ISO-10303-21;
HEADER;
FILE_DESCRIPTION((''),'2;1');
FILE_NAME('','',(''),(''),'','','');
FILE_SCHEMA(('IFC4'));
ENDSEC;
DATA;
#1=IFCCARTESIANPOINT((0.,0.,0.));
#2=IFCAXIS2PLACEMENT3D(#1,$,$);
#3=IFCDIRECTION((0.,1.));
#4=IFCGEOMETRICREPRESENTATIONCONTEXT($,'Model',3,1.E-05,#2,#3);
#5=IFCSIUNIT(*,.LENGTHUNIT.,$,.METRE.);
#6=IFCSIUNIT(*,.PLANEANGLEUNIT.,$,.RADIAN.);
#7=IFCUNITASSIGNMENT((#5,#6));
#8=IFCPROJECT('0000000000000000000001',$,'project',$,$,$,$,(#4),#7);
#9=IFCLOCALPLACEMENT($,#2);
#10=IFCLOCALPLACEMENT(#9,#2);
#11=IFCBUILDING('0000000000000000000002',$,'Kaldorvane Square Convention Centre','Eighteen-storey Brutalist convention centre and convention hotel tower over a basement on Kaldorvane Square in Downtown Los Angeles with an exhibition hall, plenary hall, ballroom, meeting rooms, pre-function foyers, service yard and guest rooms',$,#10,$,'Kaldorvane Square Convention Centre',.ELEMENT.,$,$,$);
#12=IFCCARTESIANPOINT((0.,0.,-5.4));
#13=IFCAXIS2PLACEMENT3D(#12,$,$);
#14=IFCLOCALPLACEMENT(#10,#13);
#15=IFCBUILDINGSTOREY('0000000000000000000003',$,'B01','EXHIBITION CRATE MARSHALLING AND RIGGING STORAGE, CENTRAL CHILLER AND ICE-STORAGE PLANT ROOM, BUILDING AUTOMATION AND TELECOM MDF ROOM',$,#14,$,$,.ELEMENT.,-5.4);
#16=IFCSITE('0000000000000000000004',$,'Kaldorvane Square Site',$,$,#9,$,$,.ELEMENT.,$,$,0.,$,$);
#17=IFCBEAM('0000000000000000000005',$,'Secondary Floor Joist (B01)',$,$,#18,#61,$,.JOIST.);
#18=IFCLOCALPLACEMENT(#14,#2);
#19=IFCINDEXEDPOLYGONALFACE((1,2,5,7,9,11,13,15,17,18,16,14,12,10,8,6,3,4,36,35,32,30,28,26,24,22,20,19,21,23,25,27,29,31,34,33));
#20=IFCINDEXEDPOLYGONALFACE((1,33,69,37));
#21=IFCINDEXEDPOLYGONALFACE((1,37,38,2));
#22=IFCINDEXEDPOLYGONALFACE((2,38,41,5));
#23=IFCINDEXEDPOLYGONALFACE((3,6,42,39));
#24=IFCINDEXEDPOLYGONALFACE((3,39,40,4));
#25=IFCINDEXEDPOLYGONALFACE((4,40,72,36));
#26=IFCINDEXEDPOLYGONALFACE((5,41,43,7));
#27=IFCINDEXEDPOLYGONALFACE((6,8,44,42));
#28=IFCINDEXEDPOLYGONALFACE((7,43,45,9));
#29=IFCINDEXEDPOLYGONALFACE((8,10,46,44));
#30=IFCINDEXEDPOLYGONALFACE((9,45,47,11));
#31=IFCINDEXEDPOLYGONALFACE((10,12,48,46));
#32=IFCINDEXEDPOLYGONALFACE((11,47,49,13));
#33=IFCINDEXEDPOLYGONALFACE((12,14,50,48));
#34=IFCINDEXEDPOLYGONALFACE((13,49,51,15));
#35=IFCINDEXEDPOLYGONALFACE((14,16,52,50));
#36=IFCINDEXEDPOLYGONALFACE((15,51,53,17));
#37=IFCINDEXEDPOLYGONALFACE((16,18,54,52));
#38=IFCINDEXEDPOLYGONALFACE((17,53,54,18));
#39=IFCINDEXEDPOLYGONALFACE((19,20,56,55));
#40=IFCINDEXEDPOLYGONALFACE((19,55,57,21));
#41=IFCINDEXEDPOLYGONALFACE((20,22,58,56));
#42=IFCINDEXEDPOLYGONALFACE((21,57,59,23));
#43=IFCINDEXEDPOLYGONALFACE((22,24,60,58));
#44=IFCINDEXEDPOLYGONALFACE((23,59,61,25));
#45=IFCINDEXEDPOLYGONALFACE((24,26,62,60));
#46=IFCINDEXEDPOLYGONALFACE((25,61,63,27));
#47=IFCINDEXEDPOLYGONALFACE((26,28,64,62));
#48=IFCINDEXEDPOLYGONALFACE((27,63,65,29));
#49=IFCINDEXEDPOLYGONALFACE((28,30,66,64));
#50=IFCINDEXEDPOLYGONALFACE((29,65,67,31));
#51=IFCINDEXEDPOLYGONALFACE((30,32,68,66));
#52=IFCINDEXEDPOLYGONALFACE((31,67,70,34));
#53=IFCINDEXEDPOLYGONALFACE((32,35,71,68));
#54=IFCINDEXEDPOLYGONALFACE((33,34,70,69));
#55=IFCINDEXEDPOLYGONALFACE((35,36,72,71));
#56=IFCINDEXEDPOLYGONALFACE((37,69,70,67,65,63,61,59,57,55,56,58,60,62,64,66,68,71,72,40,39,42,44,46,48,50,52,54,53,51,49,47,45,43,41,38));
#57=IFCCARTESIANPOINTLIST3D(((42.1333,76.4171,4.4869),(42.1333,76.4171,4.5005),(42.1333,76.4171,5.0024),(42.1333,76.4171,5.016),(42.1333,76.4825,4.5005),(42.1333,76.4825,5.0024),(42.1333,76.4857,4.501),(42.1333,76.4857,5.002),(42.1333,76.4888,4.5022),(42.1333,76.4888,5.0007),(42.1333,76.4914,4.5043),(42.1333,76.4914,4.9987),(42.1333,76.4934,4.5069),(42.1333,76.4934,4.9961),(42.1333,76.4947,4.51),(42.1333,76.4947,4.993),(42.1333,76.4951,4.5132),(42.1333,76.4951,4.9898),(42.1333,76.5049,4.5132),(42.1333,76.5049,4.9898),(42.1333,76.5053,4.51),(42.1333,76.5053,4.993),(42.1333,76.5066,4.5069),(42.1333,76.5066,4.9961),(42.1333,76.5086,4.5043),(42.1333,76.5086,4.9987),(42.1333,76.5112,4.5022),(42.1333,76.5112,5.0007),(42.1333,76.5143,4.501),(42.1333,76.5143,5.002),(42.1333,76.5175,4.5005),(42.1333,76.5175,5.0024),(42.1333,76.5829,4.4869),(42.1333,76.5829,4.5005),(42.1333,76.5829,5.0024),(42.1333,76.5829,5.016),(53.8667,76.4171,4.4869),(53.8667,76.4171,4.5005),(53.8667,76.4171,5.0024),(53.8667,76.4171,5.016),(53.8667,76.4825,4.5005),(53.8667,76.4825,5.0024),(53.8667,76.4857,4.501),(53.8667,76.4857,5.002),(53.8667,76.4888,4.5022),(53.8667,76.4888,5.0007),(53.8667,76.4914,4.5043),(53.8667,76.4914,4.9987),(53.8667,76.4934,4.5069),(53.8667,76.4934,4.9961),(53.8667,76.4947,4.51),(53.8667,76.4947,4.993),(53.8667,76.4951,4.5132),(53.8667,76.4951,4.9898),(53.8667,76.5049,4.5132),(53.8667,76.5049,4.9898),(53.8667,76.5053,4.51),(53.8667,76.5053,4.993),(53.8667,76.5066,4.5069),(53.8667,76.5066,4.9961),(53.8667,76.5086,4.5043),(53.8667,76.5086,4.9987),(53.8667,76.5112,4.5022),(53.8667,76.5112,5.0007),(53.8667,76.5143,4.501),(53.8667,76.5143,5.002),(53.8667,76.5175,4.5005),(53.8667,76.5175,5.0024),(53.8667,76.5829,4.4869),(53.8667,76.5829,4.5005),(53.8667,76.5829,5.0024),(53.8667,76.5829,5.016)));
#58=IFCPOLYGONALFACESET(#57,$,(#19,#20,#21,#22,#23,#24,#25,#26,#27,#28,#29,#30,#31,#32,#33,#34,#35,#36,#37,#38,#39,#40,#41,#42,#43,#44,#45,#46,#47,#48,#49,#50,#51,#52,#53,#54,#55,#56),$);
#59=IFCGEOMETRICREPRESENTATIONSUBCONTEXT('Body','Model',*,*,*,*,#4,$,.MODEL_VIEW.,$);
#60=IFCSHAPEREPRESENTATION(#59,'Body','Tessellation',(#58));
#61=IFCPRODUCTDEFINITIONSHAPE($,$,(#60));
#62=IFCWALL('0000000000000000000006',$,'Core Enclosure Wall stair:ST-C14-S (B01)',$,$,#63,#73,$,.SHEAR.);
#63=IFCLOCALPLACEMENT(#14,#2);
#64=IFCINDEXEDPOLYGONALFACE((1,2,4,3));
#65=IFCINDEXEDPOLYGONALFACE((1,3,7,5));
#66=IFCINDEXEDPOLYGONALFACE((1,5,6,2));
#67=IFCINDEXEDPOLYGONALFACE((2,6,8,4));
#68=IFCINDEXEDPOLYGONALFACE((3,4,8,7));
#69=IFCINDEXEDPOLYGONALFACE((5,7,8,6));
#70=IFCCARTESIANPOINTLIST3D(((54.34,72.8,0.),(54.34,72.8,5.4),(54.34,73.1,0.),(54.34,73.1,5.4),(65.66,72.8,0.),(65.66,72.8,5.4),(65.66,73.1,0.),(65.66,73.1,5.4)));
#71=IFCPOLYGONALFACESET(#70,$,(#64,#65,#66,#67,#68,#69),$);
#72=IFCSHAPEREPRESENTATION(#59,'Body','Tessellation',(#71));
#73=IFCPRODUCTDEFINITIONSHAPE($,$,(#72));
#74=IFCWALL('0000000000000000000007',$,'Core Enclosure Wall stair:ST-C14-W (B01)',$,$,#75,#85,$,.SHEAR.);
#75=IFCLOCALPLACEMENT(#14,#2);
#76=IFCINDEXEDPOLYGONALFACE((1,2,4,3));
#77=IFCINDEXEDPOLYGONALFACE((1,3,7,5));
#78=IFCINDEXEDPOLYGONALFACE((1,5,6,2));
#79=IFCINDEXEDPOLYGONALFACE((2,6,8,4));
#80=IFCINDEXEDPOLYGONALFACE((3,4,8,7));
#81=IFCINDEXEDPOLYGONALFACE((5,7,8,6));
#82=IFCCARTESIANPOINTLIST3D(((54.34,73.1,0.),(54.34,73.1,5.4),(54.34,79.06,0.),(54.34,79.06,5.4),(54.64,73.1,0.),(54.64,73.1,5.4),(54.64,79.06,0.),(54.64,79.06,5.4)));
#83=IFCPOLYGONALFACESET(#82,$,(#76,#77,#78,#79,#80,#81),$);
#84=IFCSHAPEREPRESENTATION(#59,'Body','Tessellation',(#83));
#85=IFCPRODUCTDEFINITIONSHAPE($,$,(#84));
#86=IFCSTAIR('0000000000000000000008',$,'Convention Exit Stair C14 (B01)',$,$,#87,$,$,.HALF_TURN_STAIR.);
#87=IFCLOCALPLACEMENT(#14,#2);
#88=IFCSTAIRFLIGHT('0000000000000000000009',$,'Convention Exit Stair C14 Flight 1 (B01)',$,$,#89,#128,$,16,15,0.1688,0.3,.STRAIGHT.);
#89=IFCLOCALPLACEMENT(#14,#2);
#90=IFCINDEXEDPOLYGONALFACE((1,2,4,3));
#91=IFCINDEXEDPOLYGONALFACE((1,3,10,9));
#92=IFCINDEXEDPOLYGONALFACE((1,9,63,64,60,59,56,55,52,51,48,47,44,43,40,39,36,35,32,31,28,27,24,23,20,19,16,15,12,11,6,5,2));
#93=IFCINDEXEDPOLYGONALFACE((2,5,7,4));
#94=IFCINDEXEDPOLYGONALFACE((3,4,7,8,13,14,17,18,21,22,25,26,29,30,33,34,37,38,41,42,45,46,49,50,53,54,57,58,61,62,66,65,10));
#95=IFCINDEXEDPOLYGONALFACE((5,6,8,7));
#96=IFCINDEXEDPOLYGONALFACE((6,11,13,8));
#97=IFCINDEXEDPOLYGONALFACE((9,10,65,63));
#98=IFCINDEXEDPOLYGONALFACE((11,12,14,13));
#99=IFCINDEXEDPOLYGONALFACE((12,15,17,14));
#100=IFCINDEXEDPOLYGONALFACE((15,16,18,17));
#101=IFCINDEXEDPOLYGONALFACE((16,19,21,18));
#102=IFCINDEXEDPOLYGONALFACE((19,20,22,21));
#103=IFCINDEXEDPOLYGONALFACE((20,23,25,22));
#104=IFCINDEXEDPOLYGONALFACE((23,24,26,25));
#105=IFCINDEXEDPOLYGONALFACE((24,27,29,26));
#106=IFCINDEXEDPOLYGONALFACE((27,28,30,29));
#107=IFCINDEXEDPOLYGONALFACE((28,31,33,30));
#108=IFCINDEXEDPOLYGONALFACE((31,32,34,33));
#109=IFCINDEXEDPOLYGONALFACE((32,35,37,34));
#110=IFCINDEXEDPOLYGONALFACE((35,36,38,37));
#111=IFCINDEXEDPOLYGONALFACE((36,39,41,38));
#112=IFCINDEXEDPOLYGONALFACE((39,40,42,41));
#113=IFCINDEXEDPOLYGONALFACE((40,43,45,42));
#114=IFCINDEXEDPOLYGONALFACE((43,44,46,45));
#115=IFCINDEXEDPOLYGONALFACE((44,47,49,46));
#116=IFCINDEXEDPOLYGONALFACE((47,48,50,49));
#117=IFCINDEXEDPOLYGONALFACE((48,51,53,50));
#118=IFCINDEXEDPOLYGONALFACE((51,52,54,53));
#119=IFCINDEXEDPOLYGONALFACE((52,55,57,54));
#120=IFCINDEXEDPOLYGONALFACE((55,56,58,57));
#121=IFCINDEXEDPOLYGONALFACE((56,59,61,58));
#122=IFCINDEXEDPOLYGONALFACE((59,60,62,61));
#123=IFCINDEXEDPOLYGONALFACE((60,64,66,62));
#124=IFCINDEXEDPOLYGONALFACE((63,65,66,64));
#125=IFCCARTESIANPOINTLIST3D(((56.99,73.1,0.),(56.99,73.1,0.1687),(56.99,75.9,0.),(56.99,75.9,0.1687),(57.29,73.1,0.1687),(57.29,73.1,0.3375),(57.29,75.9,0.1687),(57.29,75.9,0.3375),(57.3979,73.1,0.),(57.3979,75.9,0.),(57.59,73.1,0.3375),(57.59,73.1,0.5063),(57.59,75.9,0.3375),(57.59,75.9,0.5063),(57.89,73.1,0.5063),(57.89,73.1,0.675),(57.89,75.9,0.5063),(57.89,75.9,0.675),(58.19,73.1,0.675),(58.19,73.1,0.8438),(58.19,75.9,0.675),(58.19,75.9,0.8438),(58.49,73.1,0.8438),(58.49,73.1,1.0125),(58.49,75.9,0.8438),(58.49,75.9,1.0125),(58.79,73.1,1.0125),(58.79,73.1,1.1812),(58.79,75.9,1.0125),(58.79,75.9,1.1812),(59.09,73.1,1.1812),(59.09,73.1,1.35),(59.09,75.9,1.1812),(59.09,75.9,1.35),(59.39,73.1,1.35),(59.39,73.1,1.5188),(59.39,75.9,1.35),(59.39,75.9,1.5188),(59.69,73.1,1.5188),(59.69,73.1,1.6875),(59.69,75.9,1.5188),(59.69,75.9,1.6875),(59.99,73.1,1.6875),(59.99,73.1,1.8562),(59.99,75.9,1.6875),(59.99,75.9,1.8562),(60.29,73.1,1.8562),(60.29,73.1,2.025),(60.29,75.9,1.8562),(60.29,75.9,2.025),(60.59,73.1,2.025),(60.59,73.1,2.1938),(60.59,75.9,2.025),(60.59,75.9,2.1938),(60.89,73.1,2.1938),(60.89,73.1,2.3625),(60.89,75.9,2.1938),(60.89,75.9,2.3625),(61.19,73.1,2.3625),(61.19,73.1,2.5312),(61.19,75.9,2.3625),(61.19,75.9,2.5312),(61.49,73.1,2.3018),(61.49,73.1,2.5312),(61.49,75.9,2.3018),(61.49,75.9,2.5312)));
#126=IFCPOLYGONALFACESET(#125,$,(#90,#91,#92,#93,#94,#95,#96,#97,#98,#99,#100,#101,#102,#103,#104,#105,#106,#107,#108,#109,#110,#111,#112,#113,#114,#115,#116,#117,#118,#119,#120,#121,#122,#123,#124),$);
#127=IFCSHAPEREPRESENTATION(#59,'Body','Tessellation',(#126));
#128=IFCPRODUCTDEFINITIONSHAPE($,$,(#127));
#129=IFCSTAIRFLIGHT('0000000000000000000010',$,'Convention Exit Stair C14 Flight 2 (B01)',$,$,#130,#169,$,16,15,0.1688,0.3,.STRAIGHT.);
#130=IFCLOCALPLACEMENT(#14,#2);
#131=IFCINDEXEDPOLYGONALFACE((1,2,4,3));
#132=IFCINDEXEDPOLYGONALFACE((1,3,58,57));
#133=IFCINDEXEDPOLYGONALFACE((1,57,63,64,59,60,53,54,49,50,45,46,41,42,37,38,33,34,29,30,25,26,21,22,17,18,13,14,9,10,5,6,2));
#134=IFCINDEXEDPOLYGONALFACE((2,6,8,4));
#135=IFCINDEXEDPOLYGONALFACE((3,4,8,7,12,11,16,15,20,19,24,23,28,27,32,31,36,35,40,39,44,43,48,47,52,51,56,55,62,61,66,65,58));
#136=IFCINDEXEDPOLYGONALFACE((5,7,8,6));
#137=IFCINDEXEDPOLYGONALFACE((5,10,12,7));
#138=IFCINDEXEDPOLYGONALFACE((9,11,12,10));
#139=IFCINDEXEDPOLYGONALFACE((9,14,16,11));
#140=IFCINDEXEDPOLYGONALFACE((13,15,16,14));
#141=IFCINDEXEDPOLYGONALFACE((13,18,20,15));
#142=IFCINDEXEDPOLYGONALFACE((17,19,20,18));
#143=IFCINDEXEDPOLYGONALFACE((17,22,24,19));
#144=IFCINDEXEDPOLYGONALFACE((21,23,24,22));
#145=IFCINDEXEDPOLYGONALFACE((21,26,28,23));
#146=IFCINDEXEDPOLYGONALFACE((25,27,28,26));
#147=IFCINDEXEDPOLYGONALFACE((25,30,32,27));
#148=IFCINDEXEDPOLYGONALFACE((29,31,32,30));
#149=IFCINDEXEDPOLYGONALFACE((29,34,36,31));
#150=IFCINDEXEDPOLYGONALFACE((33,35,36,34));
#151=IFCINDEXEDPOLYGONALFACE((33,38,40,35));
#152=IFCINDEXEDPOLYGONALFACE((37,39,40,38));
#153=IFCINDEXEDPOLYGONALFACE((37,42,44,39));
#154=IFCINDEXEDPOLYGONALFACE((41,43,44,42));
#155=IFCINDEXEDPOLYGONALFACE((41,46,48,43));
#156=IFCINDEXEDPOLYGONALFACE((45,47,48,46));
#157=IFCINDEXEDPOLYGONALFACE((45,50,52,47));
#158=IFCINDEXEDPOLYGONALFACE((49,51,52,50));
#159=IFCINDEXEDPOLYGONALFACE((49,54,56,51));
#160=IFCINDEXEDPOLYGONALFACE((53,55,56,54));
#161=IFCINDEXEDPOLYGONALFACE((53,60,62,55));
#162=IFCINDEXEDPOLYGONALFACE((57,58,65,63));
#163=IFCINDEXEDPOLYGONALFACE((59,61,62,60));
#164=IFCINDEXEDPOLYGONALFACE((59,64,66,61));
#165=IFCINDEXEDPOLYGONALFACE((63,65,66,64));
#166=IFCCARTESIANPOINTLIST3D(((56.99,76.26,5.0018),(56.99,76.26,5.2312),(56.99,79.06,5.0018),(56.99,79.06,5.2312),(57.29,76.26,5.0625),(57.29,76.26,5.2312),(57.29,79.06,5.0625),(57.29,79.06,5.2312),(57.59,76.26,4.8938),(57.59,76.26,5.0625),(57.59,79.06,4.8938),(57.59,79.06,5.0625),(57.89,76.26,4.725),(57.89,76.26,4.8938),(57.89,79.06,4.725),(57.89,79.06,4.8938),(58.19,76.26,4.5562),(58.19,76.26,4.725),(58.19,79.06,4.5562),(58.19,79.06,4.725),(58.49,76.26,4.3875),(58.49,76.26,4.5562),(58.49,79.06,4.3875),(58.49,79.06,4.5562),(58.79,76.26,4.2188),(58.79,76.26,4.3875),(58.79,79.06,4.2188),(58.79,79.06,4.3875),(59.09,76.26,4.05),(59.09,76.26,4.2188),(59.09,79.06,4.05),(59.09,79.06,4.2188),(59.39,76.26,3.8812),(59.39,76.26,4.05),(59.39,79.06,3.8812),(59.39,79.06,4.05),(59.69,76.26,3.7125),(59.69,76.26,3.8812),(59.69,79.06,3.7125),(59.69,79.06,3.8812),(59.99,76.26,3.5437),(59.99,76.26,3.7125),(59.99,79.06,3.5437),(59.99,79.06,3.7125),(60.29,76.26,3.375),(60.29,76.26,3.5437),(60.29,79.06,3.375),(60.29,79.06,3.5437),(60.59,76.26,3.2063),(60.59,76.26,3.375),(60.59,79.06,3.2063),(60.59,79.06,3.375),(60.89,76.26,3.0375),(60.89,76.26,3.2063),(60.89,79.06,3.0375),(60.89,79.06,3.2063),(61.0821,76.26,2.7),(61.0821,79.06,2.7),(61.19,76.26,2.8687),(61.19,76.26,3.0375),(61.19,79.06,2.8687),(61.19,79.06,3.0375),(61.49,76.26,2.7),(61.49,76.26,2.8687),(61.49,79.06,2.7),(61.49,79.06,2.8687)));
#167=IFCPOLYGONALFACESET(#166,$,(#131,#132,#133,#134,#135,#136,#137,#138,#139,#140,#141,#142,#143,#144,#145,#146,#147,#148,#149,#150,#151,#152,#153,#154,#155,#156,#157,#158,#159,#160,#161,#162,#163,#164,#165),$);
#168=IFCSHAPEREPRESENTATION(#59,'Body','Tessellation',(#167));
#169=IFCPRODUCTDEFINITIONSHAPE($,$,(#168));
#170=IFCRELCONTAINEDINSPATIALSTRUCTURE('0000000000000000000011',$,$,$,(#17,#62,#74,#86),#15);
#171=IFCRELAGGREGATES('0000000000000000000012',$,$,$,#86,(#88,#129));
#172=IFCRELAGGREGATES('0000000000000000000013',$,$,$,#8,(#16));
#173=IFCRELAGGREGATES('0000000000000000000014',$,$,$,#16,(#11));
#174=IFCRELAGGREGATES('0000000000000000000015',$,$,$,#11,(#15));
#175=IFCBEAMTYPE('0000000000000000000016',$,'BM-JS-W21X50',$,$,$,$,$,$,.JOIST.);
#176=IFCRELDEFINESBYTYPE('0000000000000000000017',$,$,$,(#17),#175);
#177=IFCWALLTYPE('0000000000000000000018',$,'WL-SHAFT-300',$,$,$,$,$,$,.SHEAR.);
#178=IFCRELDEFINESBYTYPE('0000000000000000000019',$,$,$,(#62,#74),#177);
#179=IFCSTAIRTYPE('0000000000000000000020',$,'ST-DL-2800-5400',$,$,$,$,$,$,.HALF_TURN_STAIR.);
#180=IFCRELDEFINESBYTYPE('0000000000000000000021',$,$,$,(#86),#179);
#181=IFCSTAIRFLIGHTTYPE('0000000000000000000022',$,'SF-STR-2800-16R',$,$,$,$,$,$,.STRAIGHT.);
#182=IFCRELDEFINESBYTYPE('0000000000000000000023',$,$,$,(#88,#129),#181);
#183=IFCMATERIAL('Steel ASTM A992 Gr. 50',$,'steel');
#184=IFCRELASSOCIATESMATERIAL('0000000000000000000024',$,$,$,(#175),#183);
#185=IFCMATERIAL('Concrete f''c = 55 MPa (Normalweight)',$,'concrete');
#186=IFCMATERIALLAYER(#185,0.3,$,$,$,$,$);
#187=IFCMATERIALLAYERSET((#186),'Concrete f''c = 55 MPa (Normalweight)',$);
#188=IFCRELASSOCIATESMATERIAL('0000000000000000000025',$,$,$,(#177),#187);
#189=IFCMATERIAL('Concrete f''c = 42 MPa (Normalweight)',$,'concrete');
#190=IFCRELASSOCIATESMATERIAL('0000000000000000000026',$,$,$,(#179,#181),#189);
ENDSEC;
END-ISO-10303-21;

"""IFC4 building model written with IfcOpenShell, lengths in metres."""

from ifc_helpers import new_model, si_unit, direction, frame, frame_2d, origin, origin_2d, place, context, subcontext, project, spatial, polyline, rectangle, i_section, outline, extrude, material, layer, layer_set, material_profile, profile_set, type_object, element, aggregate, save


model = new_model("IFC4")

# Units and contexts
model_context = context("Model", 3, precision=1e-05, world=origin(), true_north=direction((0.0, 1.0)))
body_context = subcontext(model_context, "Body", "Model", "MODEL_VIEW")
ifc_project = project(units=[si_unit("LENGTHUNIT", "METRE"), si_unit("PLANEANGLEUNIT", "RADIAN")], contexts=[model_context])

# Site, building, storey
site_placement = place(None, origin())
site = spatial("IfcSite", under=ifc_project, at=site_placement, Name="Kaldorvane Square Site", CompositionType="ELEMENT", RefElevation=0.0)
building_placement = place(site_placement, origin())
building = spatial("IfcBuilding", under=site, at=building_placement, Name="Kaldorvane Square Convention Centre", Description="Eighteen-storey Brutalist convention centre and convention hotel tower over a basement on Kaldorvane Square in Downtown Los Angeles with an exhibition hall, plenary hall, ballroom, meeting rooms, pre-function foyers, service yard and guest rooms", LongName="Kaldorvane Square Convention Centre", CompositionType="ELEMENT")
storey_placement = place(building_placement, frame((0.0, 0.0, -5.4)))
storey = spatial("IfcBuildingStorey", under=building, at=storey_placement, Name="B01", Description="EXHIBITION CRATE MARSHALLING AND RIGGING STORAGE, CENTRAL CHILLER AND ICE-STORAGE PLANT ROOM, BUILDING AUTOMATION AND TELECOM MDF ROOM", CompositionType="ELEMENT", Elevation=-5.4)

# Shared definitions
ifc_material_1 = material(Name="Concrete f'c = 42 MPa (Normalweight)", Category="concrete")

# Shared definitions
ifc_material_2 = material(Name="Concrete f'c = 55 MPa (Normalweight)", Category="concrete")
ifc_material_3 = material(Name="Steel ASTM A992 Gr. 50", Category="steel")

# Beam
ifc_material_profile_1 = material_profile(ifc_material_3, i_section(OverallWidth=0.1659, OverallDepth=0.5291, WebThickness=0.0097, FlangeThickness=0.0136, FilletRadius=0.0127, at=origin_2d()), Name="W21X50")
ifc_profile_set_1 = profile_set([ifc_material_profile_1], Name="Steel ASTM A992 Gr. 50")
beam_type_1 = type_object("IfcBeamType", Name="BM-JS-W21X50", PredefinedType="JOIST", material=ifc_profile_set_1)
for number, where, z_axis, x_axis, name in (
    (1, (42.1333, 76.5, 4.7515), (1.0, 0.0, 0.0), (0.0, 1.0, 0.0), "Secondary Floor Joist (B01)"),
):
    element("IfcBeam", number, at=place(storey_placement, frame(where, z_axis=z_axis, x_axis=x_axis)), inside=storey, type_object=beam_type_1, Name=name, PredefinedType="JOIST", context=body_context, shape_type="SweptSolid", body=[
        extrude(i_section(OverallWidth=0.1659, OverallDepth=0.5291, WebThickness=0.0097, FlangeThickness=0.0136, FilletRadius=0.0127, at=origin_2d()), origin(), (0.0, 0.0, 1.0), 11.7334),
    ])

# Walls
ifc_layer = layer(ifc_material_2, 0.3)
ifc_layer_set = layer_set([ifc_layer], Name="Concrete f'c = 55 MPa (Normalweight)")
wall_type = type_object("IfcWallType", Name="WL-SHAFT-300", PredefinedType="SHEAR", material=ifc_layer_set)
wall_1_placement = place(storey_placement, frame((54.34, 72.95, 0.0), z_axis=(0.0, 0.0, 1.0), x_axis=(1.0, 0.0, 0.0)))
element("IfcWall", 2, at=wall_1_placement, inside=storey, type_object=wall_type, Name="Core Enclosure Wall stair:ST-C14-S (B01)", PredefinedType="SHEAR", context=body_context, shape_type="SweptSolid", body=[
    extrude(rectangle(XDim=11.32, YDim=0.3, at=frame_2d((5.66, 0.0))), origin(), (0.0, 0.0, 1.0), 5.4),
])
wall_2_placement = place(storey_placement, frame((54.49, 79.06, 0.0), z_axis=(0.0, 0.0, 1.0), x_axis=(0.0, -1.0, 0.0)))
element("IfcWall", 3, at=wall_2_placement, inside=storey, type_object=wall_type, Name="Core Enclosure Wall stair:ST-C14-W (B01)", PredefinedType="SHEAR", context=body_context, shape_type="SweptSolid", body=[
    extrude(rectangle(XDim=5.96, YDim=0.3, at=frame_2d((2.98, 0.0))), origin(), (0.0, 0.0, 1.0), 5.4),
])

# Stair, stair flights
stair_type = type_object("IfcStairType", Name="ST-DL-2800-5400", PredefinedType="HALF_TURN_STAIR", material=ifc_material_1)
stair_placement = place(storey_placement, origin())
stair = element("IfcStair", 4, at=stair_placement, inside=storey, type_object=stair_type, Name="Convention Exit Stair C14 (B01)", PredefinedType="HALF_TURN_STAIR")
stair_flight_type = type_object("IfcStairFlightType", Name="SF-STR-2800-16R", PredefinedType="STRAIGHT", material=ifc_material_1)
stair_flight_1_placement = place(storey_placement, frame((56.99, 74.5, 0.0), z_axis=(0.0, 0.0, 1.0), x_axis=(1.0, 0.0, 0.0)))
stair_flight_1 = element("IfcStairFlight", 5, at=stair_flight_1_placement, type_object=stair_flight_type, Name="Convention Exit Stair C14 Flight 1 (B01)", NumberOfRisers=16, NumberOfTreads=15, PredefinedType="STRAIGHT", RiserHeight=0.1688, TreadLength=0.3, context=body_context, shape_type="SweptSolid", body=[
    extrude(outline(polyline([(0.0, 0.0), (0.0, 0.1687), (0.3, 0.1687), (0.3, 0.3375), (0.6, 0.3375), (0.6, 0.5063), (0.9, 0.5063), (0.9, 0.675), (1.2, 0.675), (1.2, 0.8438), (1.5, 0.8438), (1.5, 1.0125), (1.8, 1.0125), (1.8, 1.1812), (2.1, 1.1812), (2.1, 1.35), (2.4, 1.35), (2.4, 1.5188), (2.7, 1.5188), (2.7, 1.6875), (3.0, 1.6875), (3.0, 1.8562), (3.3, 1.8562), (3.3, 2.025), (3.6, 2.025), (3.6, 2.1938), (3.9, 2.1938), (3.9, 2.3625), (4.2, 2.3625), (4.2, 2.5312), (4.5, 2.5312), (4.5, 2.7), (4.5, 2.3018), (0.4079, 0.0), (0.0, 0.0)])), frame((0.0, 1.4, 0.0), z_axis=(0.0, -1.0, 0.0), x_axis=(1.0, 0.0, 0.0)), (0.0, 0.0, 1.0), 2.8),
])
stair_flight_2_placement = place(storey_placement, frame((61.49, 77.66, 2.7), z_axis=(0.0, 0.0, 1.0), x_axis=(-1.0, 0.0, 0.0)))
stair_flight_2 = element("IfcStairFlight", 6, at=stair_flight_2_placement, type_object=stair_flight_type, Name="Convention Exit Stair C14 Flight 2 (B01)", NumberOfRisers=16, NumberOfTreads=15, PredefinedType="STRAIGHT", RiserHeight=0.1688, TreadLength=0.3, context=body_context, shape_type="SweptSolid", body=[
    extrude(outline(polyline([(0.0, 0.0), (0.0, 0.1687), (0.3, 0.1687), (0.3, 0.3375), (0.6, 0.3375), (0.6, 0.5063), (0.9, 0.5063), (0.9, 0.675), (1.2, 0.675), (1.2, 0.8438), (1.5, 0.8438), (1.5, 1.0125), (1.8, 1.0125), (1.8, 1.1812), (2.1, 1.1812), (2.1, 1.35), (2.4, 1.35), (2.4, 1.5188), (2.7, 1.5188), (2.7, 1.6875), (3.0, 1.6875), (3.0, 1.8562), (3.3, 1.8562), (3.3, 2.025), (3.6, 2.025), (3.6, 2.1938), (3.9, 2.1938), (3.9, 2.3625), (4.2, 2.3625), (4.2, 2.5312), (4.5, 2.5312), (4.5, 2.7), (4.5, 2.3018), (0.4079, 0.0), (0.0, 0.0)])), frame((0.0, 1.4, 0.0), z_axis=(0.0, -1.0, 0.0), x_axis=(1.0, 0.0, 0.0)), (0.0, 0.0, 1.0), 2.8),
])
aggregate(stair, [stair_flight_1, stair_flight_2])

save(model, "model.ifc")
